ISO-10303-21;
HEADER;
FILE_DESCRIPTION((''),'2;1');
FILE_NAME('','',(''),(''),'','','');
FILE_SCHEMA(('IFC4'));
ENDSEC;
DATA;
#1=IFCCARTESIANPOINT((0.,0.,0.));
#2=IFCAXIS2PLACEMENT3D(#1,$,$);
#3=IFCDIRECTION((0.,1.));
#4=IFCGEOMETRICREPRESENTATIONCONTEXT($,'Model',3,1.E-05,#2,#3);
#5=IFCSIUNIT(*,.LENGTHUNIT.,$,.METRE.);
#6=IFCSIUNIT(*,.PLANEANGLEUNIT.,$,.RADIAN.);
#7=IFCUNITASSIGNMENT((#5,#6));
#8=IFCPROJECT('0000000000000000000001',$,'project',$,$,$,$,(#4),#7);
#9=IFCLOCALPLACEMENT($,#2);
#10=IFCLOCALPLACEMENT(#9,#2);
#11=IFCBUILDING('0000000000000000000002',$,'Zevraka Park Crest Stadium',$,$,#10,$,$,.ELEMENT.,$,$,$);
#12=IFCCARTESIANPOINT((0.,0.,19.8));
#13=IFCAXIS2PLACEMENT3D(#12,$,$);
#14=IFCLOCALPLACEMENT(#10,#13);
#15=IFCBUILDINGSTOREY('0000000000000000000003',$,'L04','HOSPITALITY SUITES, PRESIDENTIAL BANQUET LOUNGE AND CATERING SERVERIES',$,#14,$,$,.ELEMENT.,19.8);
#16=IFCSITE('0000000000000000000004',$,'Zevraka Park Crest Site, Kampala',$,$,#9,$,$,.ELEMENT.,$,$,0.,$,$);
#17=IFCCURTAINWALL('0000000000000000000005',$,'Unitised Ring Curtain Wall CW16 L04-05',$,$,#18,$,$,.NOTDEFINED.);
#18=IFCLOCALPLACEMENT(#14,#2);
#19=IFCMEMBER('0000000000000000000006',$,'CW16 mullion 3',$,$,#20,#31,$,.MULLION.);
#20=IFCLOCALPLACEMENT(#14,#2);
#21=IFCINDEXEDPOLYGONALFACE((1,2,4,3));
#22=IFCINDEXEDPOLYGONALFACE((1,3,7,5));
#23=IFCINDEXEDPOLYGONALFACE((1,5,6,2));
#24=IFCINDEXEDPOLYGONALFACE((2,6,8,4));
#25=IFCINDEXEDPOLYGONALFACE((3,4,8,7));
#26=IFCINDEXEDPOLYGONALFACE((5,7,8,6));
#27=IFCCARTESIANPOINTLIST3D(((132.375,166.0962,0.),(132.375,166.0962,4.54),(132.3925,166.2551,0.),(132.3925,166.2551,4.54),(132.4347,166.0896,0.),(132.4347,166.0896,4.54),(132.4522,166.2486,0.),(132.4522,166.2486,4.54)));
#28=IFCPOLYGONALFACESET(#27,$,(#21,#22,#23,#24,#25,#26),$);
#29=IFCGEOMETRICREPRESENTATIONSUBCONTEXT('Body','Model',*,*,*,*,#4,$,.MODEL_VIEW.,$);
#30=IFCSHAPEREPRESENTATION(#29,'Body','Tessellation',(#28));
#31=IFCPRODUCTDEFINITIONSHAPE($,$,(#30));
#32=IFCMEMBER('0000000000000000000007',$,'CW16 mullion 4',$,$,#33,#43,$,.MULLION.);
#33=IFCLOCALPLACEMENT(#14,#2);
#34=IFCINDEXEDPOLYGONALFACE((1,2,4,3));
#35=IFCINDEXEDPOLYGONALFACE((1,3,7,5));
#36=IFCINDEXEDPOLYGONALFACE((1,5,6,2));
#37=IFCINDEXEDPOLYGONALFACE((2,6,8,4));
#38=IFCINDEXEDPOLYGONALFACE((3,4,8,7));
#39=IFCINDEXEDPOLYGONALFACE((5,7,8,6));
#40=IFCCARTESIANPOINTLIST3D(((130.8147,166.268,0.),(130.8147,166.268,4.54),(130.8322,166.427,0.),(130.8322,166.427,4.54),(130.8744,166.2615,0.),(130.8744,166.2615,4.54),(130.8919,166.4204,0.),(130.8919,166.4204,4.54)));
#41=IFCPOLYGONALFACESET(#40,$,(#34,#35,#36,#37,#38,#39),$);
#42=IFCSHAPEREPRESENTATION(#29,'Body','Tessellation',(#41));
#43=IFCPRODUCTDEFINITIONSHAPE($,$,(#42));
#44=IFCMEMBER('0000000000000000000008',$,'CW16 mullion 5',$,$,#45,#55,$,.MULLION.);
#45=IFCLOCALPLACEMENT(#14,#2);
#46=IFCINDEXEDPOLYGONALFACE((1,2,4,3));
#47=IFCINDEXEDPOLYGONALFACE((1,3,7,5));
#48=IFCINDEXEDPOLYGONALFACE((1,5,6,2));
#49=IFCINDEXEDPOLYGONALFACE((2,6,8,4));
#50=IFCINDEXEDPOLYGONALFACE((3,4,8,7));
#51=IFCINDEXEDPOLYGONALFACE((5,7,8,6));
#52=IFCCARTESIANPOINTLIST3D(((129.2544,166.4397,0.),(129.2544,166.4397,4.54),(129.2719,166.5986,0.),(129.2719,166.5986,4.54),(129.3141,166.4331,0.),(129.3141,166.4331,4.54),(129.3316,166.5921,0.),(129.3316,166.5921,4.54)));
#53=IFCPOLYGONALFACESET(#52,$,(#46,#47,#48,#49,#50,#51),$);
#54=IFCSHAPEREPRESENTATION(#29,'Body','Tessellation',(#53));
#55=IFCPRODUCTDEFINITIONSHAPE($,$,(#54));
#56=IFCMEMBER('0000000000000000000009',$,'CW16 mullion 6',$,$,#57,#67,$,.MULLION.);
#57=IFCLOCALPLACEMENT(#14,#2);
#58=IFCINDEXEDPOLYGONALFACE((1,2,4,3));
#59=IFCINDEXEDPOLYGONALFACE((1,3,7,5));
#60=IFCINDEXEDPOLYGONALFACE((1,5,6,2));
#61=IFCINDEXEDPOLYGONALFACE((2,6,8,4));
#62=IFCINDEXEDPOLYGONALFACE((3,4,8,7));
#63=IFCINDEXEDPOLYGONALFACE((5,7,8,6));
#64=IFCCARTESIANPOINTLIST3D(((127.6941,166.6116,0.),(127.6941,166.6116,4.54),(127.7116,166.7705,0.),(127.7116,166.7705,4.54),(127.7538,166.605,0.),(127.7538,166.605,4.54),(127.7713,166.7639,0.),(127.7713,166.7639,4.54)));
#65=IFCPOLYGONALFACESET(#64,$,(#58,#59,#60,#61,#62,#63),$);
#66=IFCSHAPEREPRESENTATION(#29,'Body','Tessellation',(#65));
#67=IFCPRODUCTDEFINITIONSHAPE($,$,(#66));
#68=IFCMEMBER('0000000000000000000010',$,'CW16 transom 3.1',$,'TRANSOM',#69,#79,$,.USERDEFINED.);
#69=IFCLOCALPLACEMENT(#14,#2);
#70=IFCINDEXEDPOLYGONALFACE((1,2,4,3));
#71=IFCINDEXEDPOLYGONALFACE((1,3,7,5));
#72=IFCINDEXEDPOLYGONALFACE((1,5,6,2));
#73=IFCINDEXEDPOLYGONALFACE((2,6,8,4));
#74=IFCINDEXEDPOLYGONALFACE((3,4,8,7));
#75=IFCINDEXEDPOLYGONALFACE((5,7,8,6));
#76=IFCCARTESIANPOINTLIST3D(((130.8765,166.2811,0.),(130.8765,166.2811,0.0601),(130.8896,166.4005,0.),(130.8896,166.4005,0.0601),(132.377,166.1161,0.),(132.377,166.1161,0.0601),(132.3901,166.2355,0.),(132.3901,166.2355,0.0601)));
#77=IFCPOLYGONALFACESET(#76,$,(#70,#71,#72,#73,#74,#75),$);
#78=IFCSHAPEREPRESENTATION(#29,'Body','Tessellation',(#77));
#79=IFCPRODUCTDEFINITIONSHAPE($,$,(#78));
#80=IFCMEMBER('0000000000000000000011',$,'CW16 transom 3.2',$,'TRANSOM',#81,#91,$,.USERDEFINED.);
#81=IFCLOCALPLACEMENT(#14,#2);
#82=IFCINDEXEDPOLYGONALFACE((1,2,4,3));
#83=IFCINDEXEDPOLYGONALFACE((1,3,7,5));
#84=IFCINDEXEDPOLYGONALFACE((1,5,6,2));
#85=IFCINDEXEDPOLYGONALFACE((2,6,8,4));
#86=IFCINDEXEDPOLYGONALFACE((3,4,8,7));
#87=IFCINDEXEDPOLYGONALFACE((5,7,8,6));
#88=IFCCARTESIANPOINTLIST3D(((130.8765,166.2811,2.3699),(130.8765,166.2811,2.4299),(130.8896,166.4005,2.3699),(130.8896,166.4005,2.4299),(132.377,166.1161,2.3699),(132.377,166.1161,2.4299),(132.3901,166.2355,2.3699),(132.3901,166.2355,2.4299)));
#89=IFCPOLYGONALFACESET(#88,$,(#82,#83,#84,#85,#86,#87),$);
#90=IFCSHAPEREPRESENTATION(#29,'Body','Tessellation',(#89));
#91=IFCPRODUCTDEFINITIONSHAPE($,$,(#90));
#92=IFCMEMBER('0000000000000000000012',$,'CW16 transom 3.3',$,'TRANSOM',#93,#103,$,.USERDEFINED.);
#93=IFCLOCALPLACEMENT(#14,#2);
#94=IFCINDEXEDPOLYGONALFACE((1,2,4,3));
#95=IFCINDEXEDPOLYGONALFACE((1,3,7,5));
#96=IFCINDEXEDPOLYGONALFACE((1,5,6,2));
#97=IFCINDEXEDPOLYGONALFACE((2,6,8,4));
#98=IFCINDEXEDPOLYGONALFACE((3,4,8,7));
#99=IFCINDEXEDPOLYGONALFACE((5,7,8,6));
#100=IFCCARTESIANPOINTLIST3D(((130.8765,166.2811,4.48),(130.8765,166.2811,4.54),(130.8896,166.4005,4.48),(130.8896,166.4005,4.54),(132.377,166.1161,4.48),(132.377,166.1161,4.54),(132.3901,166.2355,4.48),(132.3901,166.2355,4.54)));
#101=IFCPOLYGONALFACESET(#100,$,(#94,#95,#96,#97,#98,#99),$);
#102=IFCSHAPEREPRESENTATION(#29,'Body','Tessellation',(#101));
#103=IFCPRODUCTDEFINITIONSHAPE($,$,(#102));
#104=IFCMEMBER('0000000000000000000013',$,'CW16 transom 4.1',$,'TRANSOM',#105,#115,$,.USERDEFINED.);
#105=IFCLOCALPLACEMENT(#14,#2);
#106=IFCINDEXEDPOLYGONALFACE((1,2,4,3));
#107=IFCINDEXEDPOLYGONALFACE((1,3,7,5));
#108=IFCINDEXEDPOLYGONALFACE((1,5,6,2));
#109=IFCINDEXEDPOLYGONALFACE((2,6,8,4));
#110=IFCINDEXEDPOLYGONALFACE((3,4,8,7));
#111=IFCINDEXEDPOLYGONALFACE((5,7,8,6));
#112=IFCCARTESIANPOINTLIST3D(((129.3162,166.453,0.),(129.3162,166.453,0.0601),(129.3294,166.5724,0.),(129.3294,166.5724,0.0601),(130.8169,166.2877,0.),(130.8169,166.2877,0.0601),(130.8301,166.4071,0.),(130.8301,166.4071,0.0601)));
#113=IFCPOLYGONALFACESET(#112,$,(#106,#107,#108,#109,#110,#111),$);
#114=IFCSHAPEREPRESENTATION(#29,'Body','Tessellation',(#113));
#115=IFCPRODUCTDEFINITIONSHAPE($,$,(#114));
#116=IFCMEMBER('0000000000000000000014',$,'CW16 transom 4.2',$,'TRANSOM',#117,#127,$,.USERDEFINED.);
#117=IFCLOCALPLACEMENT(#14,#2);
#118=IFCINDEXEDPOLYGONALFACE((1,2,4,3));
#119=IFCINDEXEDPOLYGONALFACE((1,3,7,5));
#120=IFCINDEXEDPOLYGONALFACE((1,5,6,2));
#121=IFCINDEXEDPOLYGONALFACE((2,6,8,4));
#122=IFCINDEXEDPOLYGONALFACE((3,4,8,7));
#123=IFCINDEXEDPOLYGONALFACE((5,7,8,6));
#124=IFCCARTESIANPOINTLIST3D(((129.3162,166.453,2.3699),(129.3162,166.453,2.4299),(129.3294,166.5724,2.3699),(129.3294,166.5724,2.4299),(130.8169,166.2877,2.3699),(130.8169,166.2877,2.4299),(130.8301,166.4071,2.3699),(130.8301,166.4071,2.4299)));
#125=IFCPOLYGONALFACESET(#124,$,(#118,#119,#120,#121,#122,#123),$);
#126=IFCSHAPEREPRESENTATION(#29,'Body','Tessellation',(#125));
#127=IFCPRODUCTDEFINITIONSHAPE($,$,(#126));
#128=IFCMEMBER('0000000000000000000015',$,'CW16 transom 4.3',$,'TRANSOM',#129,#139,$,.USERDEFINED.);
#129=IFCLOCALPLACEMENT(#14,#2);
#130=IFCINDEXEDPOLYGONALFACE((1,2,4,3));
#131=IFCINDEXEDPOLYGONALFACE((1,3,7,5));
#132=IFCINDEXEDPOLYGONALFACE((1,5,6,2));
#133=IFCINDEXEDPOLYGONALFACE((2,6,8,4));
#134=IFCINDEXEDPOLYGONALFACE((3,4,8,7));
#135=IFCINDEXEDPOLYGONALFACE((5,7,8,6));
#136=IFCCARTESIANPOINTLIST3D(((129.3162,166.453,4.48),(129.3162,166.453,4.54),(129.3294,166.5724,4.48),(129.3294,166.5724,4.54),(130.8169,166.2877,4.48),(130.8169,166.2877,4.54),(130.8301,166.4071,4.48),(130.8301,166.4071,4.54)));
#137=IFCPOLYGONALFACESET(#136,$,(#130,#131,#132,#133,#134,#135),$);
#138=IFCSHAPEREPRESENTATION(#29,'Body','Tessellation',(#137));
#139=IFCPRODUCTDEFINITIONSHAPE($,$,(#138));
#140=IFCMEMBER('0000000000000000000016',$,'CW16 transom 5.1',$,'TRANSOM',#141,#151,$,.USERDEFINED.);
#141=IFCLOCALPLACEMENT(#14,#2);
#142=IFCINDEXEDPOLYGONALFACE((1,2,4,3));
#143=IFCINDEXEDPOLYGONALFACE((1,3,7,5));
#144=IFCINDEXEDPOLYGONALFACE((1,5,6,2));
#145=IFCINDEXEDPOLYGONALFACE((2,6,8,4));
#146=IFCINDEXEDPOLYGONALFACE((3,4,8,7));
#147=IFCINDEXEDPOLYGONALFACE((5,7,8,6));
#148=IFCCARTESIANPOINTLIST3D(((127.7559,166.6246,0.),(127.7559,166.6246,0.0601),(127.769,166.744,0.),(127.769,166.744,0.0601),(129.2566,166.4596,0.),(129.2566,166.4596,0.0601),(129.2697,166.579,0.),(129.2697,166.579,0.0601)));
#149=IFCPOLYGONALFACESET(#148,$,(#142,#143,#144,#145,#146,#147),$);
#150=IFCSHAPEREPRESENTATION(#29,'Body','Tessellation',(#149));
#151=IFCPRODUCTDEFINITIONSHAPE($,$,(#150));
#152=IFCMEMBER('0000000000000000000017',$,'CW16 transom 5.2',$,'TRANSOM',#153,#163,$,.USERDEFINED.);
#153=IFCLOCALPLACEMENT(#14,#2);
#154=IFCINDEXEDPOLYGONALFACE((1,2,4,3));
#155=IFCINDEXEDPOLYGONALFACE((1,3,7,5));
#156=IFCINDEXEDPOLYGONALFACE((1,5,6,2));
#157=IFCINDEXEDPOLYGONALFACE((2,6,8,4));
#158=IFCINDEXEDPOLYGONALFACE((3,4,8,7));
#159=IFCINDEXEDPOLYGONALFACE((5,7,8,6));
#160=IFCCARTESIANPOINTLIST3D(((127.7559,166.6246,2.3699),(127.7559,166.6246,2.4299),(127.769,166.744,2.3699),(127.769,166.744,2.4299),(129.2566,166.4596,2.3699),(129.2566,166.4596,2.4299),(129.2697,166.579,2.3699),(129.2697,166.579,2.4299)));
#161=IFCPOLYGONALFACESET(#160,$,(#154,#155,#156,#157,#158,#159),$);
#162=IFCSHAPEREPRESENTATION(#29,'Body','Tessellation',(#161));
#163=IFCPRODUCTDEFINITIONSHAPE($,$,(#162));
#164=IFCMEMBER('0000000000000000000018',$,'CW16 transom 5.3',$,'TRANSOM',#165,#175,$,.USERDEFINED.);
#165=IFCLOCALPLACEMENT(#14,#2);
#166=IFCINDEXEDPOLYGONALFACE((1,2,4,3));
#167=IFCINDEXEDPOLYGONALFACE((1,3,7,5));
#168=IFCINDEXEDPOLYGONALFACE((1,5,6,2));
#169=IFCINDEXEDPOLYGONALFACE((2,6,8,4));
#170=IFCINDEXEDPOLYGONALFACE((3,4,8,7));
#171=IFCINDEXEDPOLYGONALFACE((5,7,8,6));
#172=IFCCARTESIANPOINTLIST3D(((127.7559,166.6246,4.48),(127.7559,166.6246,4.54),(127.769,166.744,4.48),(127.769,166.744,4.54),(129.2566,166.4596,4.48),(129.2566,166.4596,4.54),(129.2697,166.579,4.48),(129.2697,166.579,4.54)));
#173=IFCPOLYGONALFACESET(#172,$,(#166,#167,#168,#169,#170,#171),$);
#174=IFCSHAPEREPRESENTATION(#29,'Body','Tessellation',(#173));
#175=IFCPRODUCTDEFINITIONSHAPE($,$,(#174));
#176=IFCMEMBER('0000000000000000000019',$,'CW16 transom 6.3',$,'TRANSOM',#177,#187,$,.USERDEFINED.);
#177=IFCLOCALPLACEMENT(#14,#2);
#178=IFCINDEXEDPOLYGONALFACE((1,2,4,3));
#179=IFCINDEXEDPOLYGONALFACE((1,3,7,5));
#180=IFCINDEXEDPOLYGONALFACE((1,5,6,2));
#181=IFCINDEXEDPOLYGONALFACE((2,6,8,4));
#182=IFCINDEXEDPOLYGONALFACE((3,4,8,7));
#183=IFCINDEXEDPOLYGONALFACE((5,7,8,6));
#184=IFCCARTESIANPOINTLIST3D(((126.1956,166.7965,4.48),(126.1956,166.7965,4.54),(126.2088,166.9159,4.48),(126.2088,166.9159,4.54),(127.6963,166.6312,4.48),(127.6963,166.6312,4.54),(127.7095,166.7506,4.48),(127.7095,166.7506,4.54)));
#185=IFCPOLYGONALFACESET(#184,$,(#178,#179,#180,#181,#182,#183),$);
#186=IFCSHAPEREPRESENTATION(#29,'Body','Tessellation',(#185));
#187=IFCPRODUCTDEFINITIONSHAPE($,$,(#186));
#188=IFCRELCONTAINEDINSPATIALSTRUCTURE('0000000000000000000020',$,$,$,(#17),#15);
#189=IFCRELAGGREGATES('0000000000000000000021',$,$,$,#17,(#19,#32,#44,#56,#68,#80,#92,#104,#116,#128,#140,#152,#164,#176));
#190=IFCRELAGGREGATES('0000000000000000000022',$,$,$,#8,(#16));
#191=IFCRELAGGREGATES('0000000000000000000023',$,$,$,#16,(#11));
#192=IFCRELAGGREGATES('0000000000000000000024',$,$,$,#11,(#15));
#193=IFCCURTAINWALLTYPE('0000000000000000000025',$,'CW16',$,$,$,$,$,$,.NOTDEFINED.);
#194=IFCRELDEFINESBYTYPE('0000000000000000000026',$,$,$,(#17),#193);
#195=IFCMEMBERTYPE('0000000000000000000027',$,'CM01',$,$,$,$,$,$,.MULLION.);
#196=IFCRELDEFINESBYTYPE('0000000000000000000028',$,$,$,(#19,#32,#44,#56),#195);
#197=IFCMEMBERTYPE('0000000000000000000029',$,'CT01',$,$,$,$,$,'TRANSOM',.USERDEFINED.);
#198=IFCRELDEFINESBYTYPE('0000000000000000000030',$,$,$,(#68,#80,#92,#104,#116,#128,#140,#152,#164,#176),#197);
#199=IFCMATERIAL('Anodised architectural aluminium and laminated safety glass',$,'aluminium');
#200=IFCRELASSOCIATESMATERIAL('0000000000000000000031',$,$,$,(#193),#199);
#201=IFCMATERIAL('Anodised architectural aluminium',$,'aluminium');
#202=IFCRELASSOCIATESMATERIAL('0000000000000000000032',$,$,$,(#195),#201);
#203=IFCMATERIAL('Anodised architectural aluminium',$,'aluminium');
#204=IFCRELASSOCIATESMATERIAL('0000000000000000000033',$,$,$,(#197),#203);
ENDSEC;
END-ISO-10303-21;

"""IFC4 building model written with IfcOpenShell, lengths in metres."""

from ifc_helpers import new_model, si_unit, direction, frame, origin, origin_2d, place, context, subcontext, project, spatial, rectangle, extrude, material, material_profile, profile_set, type_object, element, aggregate, save


model = new_model("IFC4")

# Units and contexts
model_context = context("Model", 3, precision=1e-05, world=origin(), true_north=direction((0.0, 1.0)))
body_context = subcontext(model_context, "Body", "Model", "MODEL_VIEW")
ifc_project = project(units=[si_unit("LENGTHUNIT", "METRE"), si_unit("PLANEANGLEUNIT", "RADIAN")], contexts=[model_context])

# Site, building, storey
site_placement = place(None, origin())
site = spatial("IfcSite", under=ifc_project, at=site_placement, Name="Zevraka Park Crest Site, Kampala", CompositionType="ELEMENT", RefElevation=0.0)
building_placement = place(site_placement, origin())
building = spatial("IfcBuilding", under=site, at=building_placement, Name="Zevraka Park Crest Stadium", CompositionType="ELEMENT")
storey_placement = place(building_placement, frame((0.0, 0.0, 19.8)))
storey = spatial("IfcBuildingStorey", under=building, at=storey_placement, Name="L04", Description="HOSPITALITY SUITES, PRESIDENTIAL BANQUET LOUNGE AND CATERING SERVERIES", CompositionType="ELEMENT", Elevation=19.8)

# Curtain wall, members
ifc_material_1 = material(Name="Anodised architectural aluminium and laminated safety glass", Category="aluminium")
curtain_wall_type = type_object("IfcCurtainWallType", Name="CW16", PredefinedType="NOTDEFINED", material=ifc_material_1)
curtain_wall_placement = place(storey_placement, origin())
curtain_wall = element("IfcCurtainWall", 1, at=curtain_wall_placement, inside=storey, type_object=curtain_wall_type, Name="Unitised Ring Curtain Wall CW16 L04-05", PredefinedType="NOTDEFINED")
ifc_material_2 = material(Name="Anodised architectural aluminium", Category="aluminium")
ifc_material_profile_1 = material_profile(ifc_material_2, rectangle(XDim=0.1599, YDim=0.0601, at=origin_2d()), Name="ALU MULLION 160x60")
ifc_profile_set_1 = profile_set([ifc_material_profile_1], Name="Anodised architectural aluminium")
member_type_1 = type_object("IfcMemberType", Name="CM01", PredefinedType="MULLION", material=ifc_profile_set_1)
member_1_placement = place(storey_placement, frame((132.4136, 166.1724, 0.0), z_axis=(0.0, 0.0, 1.0), x_axis=(-0.109406, -0.993997, 0.0)))
member_1 = element("IfcMember", 2, at=member_1_placement, type_object=member_type_1, Name="CW16 mullion 3", PredefinedType="MULLION", context=body_context, shape_type="SweptSolid", body=[
    extrude(rectangle(XDim=0.1599, YDim=0.0601, at=origin_2d()), origin(), (0.0, 0.0, 1.0), 4.54),
])
member_2_placement = place(storey_placement, frame((130.8533, 166.3442, 0.0), z_axis=(0.0, 0.0, 1.0), x_axis=(-0.109406, -0.993997, 0.0)))
member_2 = element("IfcMember", 3, at=member_2_placement, type_object=member_type_1, Name="CW16 mullion 4", PredefinedType="MULLION", context=body_context, shape_type="SweptSolid", body=[
    extrude(rectangle(XDim=0.1599, YDim=0.0601, at=origin_2d()), origin(), (0.0, 0.0, 1.0), 4.54),
])
member_3_placement = place(storey_placement, frame((129.293, 166.5159, 0.0), z_axis=(0.0, 0.0, 1.0), x_axis=(-0.109406, -0.993997, 0.0)))
member_3 = element("IfcMember", 4, at=member_3_placement, type_object=member_type_1, Name="CW16 mullion 5", PredefinedType="MULLION", context=body_context, shape_type="SweptSolid", body=[
    extrude(rectangle(XDim=0.1599, YDim=0.0601, at=origin_2d()), origin(), (0.0, 0.0, 1.0), 4.54),
])
member_4_placement = place(storey_placement, frame((127.7327, 166.6877, 0.0), z_axis=(0.0, 0.0, 1.0), x_axis=(-0.109406, -0.993997, 0.0)))
member_4 = element("IfcMember", 5, at=member_4_placement, type_object=member_type_1, Name="CW16 mullion 6", PredefinedType="MULLION", context=body_context, shape_type="SweptSolid", body=[
    extrude(rectangle(XDim=0.1599, YDim=0.0601, at=origin_2d()), origin(), (0.0, 0.0, 1.0), 4.54),
])
ifc_material_3 = material(Name="Anodised architectural aluminium", Category="aluminium")
ifc_material_profile_2 = material_profile(ifc_material_3, rectangle(XDim=0.1201, YDim=0.0601, at=origin_2d()), Name="ALU TRANSOM 120x60")
ifc_profile_set_2 = profile_set([ifc_material_profile_2], Name="Anodised architectural aluminium")
member_type_2 = type_object("IfcMemberType", Name="CT01", ElementType="TRANSOM", PredefinedType="USERDEFINED", material=ifc_profile_set_2)
member_5_placement = place(storey_placement, frame((132.3835, 166.1758, 0.03), z_axis=(-0.994005, 0.109331, 0.0), x_axis=(-0.109331, -0.994005, 0.0)))
member_5 = element("IfcMember", 6, at=member_5_placement, type_object=member_type_2, Name="CW16 transom 3.1", ObjectType="TRANSOM", PredefinedType="USERDEFINED", context=body_context, shape_type="SweptSolid", body=[
    extrude(rectangle(XDim=0.1201, YDim=0.0601, at=origin_2d()), origin(), (0.0, 0.0, 1.0), 1.5095),
])
member_6_placement = place(storey_placement, frame((132.3835, 166.1758, 2.3999), z_axis=(-0.994005, 0.109331, 0.0), x_axis=(-0.109331, -0.994005, 0.0)))
member_6 = element("IfcMember", 7, at=member_6_placement, type_object=member_type_2, Name="CW16 transom 3.2", ObjectType="TRANSOM", PredefinedType="USERDEFINED", context=body_context, shape_type="SweptSolid", body=[
    extrude(rectangle(XDim=0.1201, YDim=0.0601, at=origin_2d()), origin(), (0.0, 0.0, 1.0), 1.5095),
])
member_7_placement = place(storey_placement, frame((132.3835, 166.1758, 4.51), z_axis=(-0.994005, 0.109331, 0.0), x_axis=(-0.109331, -0.994005, 0.0)))
member_7 = element("IfcMember", 8, at=member_7_placement, type_object=member_type_2, Name="CW16 transom 3.3", ObjectType="TRANSOM", PredefinedType="USERDEFINED", context=body_context, shape_type="SweptSolid", body=[
    extrude(rectangle(XDim=0.1201, YDim=0.0601, at=origin_2d()), origin(), (0.0, 0.0, 1.0), 1.5095),
])
member_8_placement = place(storey_placement, frame((130.8235, 166.3474, 0.03), z_axis=(-0.99399, 0.109473, 0.0), x_axis=(-0.109473, -0.99399, 0.0)))
member_8 = element("IfcMember", 9, at=member_8_placement, type_object=member_type_2, Name="CW16 transom 4.1", ObjectType="TRANSOM", PredefinedType="USERDEFINED", context=body_context, shape_type="SweptSolid", body=[
    extrude(rectangle(XDim=0.1201, YDim=0.0601, at=origin_2d()), origin(), (0.0, 0.0, 1.0), 1.5098),
])
member_9_placement = place(storey_placement, frame((130.8235, 166.3474, 2.3999), z_axis=(-0.99399, 0.109473, 0.0), x_axis=(-0.109473, -0.99399, 0.0)))
member_9 = element("IfcMember", 10, at=member_9_placement, type_object=member_type_2, Name="CW16 transom 4.2", ObjectType="TRANSOM", PredefinedType="USERDEFINED", context=body_context, shape_type="SweptSolid", body=[
    extrude(rectangle(XDim=0.1201, YDim=0.0601, at=origin_2d()), origin(), (0.0, 0.0, 1.0), 1.5098),
])
member_10_placement = place(storey_placement, frame((130.8235, 166.3474, 4.51), z_axis=(-0.99399, 0.109473, 0.0), x_axis=(-0.109473, -0.99399, 0.0)))
member_10 = element("IfcMember", 11, at=member_10_placement, type_object=member_type_2, Name="CW16 transom 4.3", ObjectType="TRANSOM", PredefinedType="USERDEFINED", context=body_context, shape_type="SweptSolid", body=[
    extrude(rectangle(XDim=0.1201, YDim=0.0601, at=origin_2d()), origin(), (0.0, 0.0, 1.0), 1.5098),
])
member_11_placement = place(storey_placement, frame((129.2632, 166.5193, 0.03), z_axis=(-0.994007, 0.109313, 0.0), x_axis=(-0.109313, -0.994007, 0.0)))
member_11 = element("IfcMember", 12, at=member_11_placement, type_object=member_type_2, Name="CW16 transom 5.1", ObjectType="TRANSOM", PredefinedType="USERDEFINED", context=body_context, shape_type="SweptSolid", body=[
    extrude(rectangle(XDim=0.1201, YDim=0.0601, at=origin_2d()), origin(), (0.0, 0.0, 1.0), 1.5098),
])
member_12_placement = place(storey_placement, frame((129.2632, 166.5193, 2.3999), z_axis=(-0.994007, 0.109313, 0.0), x_axis=(-0.109313, -0.994007, 0.0)))
member_12 = element("IfcMember", 13, at=member_12_placement, type_object=member_type_2, Name="CW16 transom 5.2", ObjectType="TRANSOM", PredefinedType="USERDEFINED", context=body_context, shape_type="SweptSolid", body=[
    extrude(rectangle(XDim=0.1201, YDim=0.0601, at=origin_2d()), origin(), (0.0, 0.0, 1.0), 1.5098),
])
member_13_placement = place(storey_placement, frame((129.2632, 166.5193, 4.51), z_axis=(-0.994007, 0.109313, 0.0), x_axis=(-0.109313, -0.994007, 0.0)))
member_13 = element("IfcMember", 14, at=member_13_placement, type_object=member_type_2, Name="CW16 transom 5.3", ObjectType="TRANSOM", PredefinedType="USERDEFINED", context=body_context, shape_type="SweptSolid", body=[
    extrude(rectangle(XDim=0.1201, YDim=0.0601, at=origin_2d()), origin(), (0.0, 0.0, 1.0), 1.5098),
])
member_14_placement = place(storey_placement, frame((127.7029, 166.6909, 4.51), z_axis=(-0.99399, 0.109473, 0.0), x_axis=(-0.109473, -0.99399, 0.0)))
member_14 = element("IfcMember", 15, at=member_14_placement, type_object=member_type_2, Name="CW16 transom 6.3", ObjectType="TRANSOM", PredefinedType="USERDEFINED", context=body_context, shape_type="SweptSolid", body=[
    extrude(rectangle(XDim=0.1201, YDim=0.0601, at=origin_2d()), origin(), (0.0, 0.0, 1.0), 1.5098),
])
aggregate(curtain_wall, [member_1, member_2, member_3, member_4, member_5, member_6, member_7, member_8, member_9, member_10, member_11, member_12, member_13, member_14])

save(model, "model.ifc")
